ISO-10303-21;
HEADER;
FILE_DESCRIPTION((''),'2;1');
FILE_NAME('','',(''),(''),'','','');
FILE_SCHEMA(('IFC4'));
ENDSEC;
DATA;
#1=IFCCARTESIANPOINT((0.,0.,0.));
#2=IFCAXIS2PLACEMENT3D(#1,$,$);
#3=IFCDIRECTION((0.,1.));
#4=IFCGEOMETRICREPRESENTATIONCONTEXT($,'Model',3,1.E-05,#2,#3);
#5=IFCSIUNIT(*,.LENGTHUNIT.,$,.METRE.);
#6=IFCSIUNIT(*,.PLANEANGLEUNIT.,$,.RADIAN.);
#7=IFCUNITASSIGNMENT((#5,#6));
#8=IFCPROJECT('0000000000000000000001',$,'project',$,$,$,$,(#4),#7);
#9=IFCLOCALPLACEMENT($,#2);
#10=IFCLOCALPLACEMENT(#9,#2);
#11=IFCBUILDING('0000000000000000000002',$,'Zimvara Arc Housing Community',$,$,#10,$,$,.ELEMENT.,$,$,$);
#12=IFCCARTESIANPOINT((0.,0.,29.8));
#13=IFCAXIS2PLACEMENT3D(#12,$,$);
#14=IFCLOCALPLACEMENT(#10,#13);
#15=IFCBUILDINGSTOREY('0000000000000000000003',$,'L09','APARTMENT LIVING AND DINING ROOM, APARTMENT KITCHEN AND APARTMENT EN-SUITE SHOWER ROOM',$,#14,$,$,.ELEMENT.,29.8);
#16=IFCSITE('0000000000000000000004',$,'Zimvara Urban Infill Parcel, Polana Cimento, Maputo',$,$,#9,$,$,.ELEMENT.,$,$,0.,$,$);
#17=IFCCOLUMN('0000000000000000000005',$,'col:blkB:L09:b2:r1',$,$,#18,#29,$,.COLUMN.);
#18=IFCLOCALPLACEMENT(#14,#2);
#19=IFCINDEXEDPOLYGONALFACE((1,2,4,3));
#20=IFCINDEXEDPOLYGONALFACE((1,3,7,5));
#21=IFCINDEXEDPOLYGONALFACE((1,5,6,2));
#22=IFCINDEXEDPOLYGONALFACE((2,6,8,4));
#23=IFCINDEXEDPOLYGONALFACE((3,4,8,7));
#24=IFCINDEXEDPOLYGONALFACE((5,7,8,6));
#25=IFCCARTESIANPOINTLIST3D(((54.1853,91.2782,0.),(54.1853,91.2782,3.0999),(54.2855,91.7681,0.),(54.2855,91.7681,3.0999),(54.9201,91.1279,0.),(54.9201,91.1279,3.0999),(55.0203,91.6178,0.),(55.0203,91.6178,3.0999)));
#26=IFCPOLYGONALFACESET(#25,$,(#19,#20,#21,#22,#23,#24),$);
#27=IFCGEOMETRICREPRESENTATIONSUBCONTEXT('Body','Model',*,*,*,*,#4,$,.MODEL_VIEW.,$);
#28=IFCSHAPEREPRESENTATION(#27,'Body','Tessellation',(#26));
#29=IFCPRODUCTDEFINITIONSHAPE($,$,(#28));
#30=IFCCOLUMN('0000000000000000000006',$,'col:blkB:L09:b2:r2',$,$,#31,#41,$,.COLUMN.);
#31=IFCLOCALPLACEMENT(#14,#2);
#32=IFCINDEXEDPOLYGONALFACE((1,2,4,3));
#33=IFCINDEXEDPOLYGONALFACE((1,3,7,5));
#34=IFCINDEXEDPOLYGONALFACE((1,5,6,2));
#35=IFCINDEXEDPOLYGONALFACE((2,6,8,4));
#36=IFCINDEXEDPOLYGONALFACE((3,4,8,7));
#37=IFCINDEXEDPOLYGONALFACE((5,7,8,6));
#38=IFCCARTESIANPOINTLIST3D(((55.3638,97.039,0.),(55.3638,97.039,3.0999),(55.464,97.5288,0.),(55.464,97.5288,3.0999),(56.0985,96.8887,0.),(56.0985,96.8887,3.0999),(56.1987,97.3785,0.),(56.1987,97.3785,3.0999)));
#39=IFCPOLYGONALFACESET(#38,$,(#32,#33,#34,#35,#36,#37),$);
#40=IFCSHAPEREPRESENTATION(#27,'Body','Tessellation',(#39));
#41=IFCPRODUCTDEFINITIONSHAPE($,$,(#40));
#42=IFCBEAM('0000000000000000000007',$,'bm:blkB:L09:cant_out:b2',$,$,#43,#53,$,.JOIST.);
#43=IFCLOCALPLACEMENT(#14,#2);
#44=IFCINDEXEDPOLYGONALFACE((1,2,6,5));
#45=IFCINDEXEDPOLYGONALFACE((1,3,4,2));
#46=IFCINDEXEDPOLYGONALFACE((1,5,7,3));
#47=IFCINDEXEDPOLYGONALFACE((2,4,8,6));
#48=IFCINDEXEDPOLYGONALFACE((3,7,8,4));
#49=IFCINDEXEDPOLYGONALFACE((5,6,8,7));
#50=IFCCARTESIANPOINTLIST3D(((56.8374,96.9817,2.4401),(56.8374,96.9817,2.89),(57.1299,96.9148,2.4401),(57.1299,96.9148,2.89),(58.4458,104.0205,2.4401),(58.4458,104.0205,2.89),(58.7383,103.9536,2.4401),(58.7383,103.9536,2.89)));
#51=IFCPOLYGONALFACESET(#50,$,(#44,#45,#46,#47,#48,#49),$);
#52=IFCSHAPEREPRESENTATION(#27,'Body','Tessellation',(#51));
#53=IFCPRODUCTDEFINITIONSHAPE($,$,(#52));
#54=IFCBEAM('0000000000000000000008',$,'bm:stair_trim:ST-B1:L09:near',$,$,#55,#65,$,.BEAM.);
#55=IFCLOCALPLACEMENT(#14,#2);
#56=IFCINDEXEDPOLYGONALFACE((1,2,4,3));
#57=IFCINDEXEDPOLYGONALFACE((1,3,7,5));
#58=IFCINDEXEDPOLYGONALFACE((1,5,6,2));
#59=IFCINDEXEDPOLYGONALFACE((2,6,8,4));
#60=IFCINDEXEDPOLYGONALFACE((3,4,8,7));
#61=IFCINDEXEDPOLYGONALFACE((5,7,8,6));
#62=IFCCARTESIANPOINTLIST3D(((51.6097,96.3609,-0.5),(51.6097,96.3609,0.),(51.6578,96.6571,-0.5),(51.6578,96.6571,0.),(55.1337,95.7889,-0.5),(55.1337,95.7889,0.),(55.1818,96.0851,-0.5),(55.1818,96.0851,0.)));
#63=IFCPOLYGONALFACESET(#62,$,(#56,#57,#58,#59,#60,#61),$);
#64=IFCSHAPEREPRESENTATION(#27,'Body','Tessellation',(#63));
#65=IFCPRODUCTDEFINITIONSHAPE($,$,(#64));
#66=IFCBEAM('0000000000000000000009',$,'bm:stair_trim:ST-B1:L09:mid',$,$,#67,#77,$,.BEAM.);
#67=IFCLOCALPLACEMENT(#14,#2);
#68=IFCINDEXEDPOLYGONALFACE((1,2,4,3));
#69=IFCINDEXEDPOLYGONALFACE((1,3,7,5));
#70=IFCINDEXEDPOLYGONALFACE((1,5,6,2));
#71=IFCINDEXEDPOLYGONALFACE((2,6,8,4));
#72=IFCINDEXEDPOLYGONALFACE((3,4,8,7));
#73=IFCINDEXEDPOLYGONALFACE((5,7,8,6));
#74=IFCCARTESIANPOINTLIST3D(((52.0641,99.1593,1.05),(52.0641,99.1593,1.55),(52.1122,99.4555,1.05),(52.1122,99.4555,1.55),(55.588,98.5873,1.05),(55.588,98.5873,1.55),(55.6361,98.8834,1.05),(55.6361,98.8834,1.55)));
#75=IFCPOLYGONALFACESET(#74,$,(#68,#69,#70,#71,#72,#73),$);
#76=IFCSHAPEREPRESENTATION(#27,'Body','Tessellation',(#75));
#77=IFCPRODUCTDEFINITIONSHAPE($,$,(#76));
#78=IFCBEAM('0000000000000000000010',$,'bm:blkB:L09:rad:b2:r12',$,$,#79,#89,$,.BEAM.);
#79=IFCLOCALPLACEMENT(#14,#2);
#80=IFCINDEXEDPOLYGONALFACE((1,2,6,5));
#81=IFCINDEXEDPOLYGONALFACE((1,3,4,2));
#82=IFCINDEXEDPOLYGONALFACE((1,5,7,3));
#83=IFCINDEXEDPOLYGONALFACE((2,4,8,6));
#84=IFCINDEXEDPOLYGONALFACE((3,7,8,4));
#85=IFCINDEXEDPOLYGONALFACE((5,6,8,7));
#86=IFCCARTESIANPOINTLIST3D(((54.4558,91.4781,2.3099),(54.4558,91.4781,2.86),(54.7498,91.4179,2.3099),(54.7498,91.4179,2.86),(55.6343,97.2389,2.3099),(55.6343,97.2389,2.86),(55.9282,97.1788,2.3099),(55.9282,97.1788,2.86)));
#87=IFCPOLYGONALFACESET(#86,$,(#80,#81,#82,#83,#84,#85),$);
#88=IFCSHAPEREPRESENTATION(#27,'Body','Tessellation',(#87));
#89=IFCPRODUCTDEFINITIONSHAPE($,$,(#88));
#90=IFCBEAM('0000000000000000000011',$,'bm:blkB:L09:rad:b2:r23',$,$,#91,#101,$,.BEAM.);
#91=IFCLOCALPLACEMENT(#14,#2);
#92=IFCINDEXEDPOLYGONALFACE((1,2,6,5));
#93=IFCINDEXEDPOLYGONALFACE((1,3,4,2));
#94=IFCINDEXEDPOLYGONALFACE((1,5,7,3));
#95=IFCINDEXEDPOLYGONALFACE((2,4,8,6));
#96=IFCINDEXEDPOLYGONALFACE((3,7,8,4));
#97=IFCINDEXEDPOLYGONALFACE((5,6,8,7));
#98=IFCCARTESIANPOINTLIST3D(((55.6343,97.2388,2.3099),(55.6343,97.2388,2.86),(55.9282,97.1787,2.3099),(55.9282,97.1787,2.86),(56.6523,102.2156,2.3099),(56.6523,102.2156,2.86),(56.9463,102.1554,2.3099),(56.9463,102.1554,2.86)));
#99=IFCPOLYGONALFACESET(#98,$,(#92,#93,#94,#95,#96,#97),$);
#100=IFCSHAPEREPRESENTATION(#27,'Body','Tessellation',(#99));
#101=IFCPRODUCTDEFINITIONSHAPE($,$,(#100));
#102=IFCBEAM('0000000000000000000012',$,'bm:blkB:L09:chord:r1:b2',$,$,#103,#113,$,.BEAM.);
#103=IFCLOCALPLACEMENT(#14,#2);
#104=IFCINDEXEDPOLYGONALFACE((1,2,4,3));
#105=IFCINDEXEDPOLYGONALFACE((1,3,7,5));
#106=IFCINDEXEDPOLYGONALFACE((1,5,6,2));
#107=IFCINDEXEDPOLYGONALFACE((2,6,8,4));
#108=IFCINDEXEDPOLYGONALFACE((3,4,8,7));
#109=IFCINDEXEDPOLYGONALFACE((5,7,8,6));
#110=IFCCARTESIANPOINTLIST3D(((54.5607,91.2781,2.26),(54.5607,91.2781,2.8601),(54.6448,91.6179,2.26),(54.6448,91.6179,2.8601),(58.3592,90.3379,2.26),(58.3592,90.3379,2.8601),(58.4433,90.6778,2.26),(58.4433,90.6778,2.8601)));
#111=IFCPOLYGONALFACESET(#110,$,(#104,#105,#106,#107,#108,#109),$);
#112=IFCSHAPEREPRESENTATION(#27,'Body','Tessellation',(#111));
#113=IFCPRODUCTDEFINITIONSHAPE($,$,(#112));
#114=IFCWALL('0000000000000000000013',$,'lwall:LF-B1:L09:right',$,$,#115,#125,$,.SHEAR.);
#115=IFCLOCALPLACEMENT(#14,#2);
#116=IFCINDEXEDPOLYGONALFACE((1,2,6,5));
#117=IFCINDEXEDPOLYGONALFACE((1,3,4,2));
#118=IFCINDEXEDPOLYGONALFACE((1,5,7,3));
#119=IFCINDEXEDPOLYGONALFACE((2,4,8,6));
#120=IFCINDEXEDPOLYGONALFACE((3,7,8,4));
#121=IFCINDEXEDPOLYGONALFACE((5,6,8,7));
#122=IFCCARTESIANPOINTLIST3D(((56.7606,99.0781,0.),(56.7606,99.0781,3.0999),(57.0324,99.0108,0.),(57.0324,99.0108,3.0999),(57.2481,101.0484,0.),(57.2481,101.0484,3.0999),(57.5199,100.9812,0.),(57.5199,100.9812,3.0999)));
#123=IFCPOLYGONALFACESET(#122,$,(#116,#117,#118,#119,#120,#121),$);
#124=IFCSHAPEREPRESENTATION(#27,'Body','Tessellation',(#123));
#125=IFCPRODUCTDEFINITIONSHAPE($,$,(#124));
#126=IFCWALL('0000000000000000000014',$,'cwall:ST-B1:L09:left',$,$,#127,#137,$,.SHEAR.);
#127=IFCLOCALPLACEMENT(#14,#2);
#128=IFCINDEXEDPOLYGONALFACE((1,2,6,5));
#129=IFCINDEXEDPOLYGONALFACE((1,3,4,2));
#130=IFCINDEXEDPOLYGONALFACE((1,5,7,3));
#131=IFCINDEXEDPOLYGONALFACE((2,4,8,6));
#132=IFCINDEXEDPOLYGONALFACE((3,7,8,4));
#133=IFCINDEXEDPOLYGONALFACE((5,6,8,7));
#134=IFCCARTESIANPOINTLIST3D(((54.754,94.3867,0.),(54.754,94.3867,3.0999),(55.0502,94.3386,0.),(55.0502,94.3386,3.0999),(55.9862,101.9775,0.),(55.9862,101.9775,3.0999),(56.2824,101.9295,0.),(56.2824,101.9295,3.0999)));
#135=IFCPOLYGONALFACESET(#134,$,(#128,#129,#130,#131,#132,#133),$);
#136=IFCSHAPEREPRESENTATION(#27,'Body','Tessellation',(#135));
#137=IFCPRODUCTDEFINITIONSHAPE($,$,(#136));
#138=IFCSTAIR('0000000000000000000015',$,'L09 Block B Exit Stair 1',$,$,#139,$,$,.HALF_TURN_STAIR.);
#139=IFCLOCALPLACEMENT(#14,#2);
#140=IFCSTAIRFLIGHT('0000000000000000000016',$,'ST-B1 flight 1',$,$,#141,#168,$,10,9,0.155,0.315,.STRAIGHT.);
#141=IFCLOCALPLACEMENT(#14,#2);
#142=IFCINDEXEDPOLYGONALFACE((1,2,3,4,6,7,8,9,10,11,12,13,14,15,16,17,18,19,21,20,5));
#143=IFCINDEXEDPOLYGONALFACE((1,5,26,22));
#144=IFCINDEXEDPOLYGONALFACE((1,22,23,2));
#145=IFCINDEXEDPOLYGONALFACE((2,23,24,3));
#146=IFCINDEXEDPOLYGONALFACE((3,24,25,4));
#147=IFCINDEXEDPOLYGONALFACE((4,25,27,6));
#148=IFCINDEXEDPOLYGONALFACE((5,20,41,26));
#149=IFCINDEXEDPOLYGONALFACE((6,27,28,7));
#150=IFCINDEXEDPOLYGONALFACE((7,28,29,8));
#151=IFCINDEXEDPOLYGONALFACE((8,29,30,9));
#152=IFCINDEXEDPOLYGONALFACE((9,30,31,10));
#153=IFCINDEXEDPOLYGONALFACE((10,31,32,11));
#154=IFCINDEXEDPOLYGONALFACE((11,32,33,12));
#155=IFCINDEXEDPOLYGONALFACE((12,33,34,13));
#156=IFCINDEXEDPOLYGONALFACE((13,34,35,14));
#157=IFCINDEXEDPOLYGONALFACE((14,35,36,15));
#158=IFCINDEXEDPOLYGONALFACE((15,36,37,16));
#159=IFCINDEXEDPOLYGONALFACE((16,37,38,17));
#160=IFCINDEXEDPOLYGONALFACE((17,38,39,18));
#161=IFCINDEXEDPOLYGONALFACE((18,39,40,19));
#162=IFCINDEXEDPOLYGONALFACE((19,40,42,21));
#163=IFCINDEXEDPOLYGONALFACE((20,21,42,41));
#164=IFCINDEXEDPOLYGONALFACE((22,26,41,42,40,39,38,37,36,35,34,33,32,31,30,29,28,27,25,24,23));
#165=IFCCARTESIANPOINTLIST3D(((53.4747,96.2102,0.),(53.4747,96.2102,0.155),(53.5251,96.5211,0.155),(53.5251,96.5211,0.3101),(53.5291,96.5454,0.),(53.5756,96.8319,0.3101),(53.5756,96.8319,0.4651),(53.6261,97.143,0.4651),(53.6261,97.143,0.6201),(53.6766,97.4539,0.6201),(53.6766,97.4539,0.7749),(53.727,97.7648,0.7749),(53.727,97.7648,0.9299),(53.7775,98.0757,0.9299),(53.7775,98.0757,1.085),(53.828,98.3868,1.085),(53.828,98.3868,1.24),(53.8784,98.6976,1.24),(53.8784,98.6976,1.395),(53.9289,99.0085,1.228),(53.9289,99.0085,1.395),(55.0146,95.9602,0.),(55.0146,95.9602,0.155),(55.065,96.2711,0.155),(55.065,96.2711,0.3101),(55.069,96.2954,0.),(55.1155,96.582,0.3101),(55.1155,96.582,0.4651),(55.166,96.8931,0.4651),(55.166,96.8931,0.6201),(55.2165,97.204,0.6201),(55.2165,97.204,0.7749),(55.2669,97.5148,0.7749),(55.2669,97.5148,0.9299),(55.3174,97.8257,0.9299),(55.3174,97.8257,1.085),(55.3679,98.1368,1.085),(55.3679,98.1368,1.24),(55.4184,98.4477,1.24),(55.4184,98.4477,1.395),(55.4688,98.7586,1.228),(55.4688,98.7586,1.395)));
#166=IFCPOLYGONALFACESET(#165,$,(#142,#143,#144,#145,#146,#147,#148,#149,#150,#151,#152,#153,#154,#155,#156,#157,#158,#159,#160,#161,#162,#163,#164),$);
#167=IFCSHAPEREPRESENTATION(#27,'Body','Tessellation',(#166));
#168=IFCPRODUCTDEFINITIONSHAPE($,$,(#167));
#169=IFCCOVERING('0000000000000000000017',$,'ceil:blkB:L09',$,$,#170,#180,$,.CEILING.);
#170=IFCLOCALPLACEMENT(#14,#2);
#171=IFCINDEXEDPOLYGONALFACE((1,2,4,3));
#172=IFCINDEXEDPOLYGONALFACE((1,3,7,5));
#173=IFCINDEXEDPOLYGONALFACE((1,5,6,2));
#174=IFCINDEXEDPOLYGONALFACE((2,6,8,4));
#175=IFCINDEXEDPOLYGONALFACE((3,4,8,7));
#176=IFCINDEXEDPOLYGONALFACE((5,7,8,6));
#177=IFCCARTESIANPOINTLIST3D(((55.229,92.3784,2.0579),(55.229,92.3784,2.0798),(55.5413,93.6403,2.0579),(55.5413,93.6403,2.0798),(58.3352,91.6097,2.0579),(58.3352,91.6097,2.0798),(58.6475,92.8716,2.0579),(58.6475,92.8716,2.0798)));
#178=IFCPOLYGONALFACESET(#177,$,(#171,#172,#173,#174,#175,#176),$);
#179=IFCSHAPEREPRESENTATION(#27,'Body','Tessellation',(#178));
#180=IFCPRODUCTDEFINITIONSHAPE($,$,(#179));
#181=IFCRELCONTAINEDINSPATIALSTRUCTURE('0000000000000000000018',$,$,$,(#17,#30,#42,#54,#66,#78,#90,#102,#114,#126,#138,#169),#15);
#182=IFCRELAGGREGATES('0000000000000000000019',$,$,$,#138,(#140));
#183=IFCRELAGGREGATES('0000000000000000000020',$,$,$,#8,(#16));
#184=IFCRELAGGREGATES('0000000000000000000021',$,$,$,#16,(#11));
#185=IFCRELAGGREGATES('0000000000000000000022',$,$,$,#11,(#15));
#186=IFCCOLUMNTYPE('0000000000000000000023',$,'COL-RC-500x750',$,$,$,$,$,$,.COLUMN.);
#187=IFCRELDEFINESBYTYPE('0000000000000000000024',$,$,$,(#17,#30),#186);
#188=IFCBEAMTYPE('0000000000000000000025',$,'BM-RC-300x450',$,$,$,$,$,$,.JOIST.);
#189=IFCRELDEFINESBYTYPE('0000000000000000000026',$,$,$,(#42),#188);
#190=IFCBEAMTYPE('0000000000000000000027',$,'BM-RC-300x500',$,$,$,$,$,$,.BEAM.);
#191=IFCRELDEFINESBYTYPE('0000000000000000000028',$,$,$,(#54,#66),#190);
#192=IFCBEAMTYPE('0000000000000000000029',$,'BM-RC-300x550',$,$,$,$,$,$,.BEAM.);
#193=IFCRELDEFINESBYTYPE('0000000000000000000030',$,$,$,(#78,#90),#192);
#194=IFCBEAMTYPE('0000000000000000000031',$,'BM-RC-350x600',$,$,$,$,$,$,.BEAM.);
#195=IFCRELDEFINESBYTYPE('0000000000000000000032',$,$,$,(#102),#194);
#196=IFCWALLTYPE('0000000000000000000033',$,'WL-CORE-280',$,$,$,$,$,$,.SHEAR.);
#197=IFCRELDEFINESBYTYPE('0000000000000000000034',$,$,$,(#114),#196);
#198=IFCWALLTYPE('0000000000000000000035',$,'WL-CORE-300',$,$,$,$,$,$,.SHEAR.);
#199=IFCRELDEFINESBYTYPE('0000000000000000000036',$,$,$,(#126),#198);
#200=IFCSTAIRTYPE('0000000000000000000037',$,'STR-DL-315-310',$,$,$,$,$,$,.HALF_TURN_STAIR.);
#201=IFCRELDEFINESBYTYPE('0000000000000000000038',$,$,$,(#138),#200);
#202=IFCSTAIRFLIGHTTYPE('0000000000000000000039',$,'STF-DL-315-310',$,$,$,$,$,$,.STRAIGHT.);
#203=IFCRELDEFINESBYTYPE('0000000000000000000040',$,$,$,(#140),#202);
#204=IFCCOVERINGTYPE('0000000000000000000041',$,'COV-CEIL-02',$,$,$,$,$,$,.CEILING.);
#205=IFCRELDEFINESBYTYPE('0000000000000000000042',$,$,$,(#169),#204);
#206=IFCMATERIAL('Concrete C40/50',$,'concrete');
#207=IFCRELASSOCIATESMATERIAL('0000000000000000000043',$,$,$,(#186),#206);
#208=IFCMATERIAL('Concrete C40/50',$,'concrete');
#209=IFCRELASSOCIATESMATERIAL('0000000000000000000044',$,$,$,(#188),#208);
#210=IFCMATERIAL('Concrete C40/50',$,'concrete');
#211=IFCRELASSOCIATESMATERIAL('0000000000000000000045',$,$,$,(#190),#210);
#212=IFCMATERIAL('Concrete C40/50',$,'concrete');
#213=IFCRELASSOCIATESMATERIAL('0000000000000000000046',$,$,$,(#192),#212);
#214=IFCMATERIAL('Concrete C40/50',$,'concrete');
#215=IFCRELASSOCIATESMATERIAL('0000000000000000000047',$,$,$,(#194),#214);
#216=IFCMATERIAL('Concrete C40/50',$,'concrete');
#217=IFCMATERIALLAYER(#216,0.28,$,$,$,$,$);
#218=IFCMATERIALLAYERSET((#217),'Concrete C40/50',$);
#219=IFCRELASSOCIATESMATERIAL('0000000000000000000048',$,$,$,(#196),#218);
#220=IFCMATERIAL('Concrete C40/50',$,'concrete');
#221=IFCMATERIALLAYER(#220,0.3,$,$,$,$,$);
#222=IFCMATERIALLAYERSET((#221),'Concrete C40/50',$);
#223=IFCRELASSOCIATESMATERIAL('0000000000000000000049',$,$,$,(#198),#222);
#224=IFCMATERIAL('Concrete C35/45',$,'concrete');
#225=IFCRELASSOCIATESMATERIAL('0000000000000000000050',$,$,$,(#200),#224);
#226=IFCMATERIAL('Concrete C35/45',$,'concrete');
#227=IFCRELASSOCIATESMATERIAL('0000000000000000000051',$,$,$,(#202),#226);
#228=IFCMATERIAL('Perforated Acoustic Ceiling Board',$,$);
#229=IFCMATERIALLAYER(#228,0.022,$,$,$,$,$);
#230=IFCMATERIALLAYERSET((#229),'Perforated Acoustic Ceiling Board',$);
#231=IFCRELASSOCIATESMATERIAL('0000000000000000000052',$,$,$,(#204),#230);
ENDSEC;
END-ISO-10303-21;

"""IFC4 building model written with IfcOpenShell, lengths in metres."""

from ifc_helpers import new_model, si_unit, direction, frame, frame_2d, origin, origin_2d, place, context, subcontext, project, spatial, polyline, rectangle, outline, extrude, material, layer, layer_set, material_profile, profile_set, type_object, element, aggregate, save


model = new_model("IFC4")

# Units and contexts
model_context = context("Model", 3, precision=1e-05, world=origin(), true_north=direction((0.0, 1.0)))
body_context = subcontext(model_context, "Body", "Model", "MODEL_VIEW")
ifc_project = project(units=[si_unit("LENGTHUNIT", "METRE"), si_unit("PLANEANGLEUNIT", "RADIAN")], contexts=[model_context])

# Site, building, storey
site_placement = place(None, origin())
site = spatial("IfcSite", under=ifc_project, at=site_placement, Name="Zimvara Urban Infill Parcel, Polana Cimento, Maputo", CompositionType="ELEMENT", RefElevation=0.0)
building_placement = place(site_placement, origin())
building = spatial("IfcBuilding", under=site, at=building_placement, Name="Zimvara Arc Housing Community", CompositionType="ELEMENT")
storey_placement = place(building_placement, frame((0.0, 0.0, 29.8)))
storey = spatial("IfcBuildingStorey", under=building, at=storey_placement, Name="L09", Description="APARTMENT LIVING AND DINING ROOM, APARTMENT KITCHEN AND APARTMENT EN-SUITE SHOWER ROOM", CompositionType="ELEMENT", Elevation=29.8)

# Columns
ifc_material_1 = material(Name="Concrete C40/50", Category="concrete")
ifc_material_profile_1 = material_profile(ifc_material_1, rectangle(XDim=0.5, YDim=0.75, at=origin_2d()), Name="RC 500x750")
ifc_profile_set_1 = profile_set([ifc_material_profile_1], Name="Concrete C40/50")
column_type = type_object("IfcColumnType", Name="COL-RC-500x750", PredefinedType="COLUMN", material=ifc_profile_set_1)
for number, where, z_axis, x_axis, name in (
    (1, (54.6028, 91.448, 0.0), (0.0, 0.0, 1.0), (0.200394, 0.979715, 0.0), "col:blkB:L09:b2:r1"),
    (2, (55.7812, 97.2087, 0.0), (0.0, 0.0, 1.0), (0.200394, 0.979715, 0.0), "col:blkB:L09:b2:r2"),
):
    element("IfcColumn", number, at=place(storey_placement, frame(where, z_axis=z_axis, x_axis=x_axis)), inside=storey, type_object=column_type, Name=name, PredefinedType="COLUMN", context=body_context, shape_type="SweptSolid", body=[
        extrude(rectangle(XDim=0.5, YDim=0.75, at=origin_2d()), origin(), (0.0, 0.0, 1.0), 3.0999),
    ])

# Beams
ifc_material_2 = material(Name="Concrete C40/50", Category="concrete")
ifc_material_profile_2 = material_profile(ifc_material_2, rectangle(XDim=0.3, YDim=0.45, at=origin_2d()), Name="RC 300x450")
ifc_profile_set_2 = profile_set([ifc_material_profile_2], Name="Concrete C40/50")
beam_type_1 = type_object("IfcBeamType", Name="BM-RC-300x450", PredefinedType="JOIST", material=ifc_profile_set_2)
beam_1_placement = place(storey_placement, frame((56.9836, 96.9482, 2.665), z_axis=(0.222762, 0.974873, 0.0), x_axis=(-0.974873, 0.222762, 0.0)))
element("IfcBeam", 3, at=beam_1_placement, inside=storey, type_object=beam_type_1, Name="bm:blkB:L09:cant_out:b2", PredefinedType="JOIST", context=body_context, shape_type="SweptSolid", body=[
    extrude(rectangle(XDim=0.3, YDim=0.45, at=origin_2d()), origin(), (0.0, 0.0, 1.0), 7.2202),
])
ifc_material_3 = material(Name="Concrete C40/50", Category="concrete")
ifc_material_profile_3 = material_profile(ifc_material_3, rectangle(XDim=0.3, YDim=0.5, at=origin_2d()), Name="RC 300x500")
ifc_profile_set_3 = profile_set([ifc_material_profile_3], Name="Concrete C40/50")
beam_type_2 = type_object("IfcBeamType", Name="BM-RC-300x500", PredefinedType="BEAM", material=ifc_profile_set_3)
for number, where, z_axis, x_axis, name in (
    (4, (55.1577, 95.937, -0.25), (-0.98708, 0.160228, 0.0), (-0.160228, -0.98708, 0.0), "bm:stair_trim:ST-B1:L09:near"),
    (5, (55.6121, 98.7354, 1.3), (-0.98708, 0.160228, 0.0), (-0.160228, -0.98708, 0.0), "bm:stair_trim:ST-B1:L09:mid"),
):
    element("IfcBeam", number, at=place(storey_placement, frame(where, z_axis=z_axis, x_axis=x_axis)), inside=storey, type_object=beam_type_2, Name=name, PredefinedType="BEAM", context=body_context, shape_type="SweptSolid", body=[
        extrude(rectangle(XDim=0.3, YDim=0.5, at=origin_2d()), origin(), (0.0, 0.0, 1.0), 3.5701),
    ])
ifc_material_4 = material(Name="Concrete C40/50", Category="concrete")
ifc_material_profile_4 = material_profile(ifc_material_4, rectangle(XDim=0.3, YDim=0.55, at=origin_2d()), Name="RC 300x550")
ifc_profile_set_4 = profile_set([ifc_material_profile_4], Name="Concrete C40/50")
beam_type_3 = type_object("IfcBeamType", Name="BM-RC-300x550", PredefinedType="BEAM", material=ifc_profile_set_4)
beam_2_placement = place(storey_placement, frame((54.6028, 91.448, 2.585), z_axis=(0.200418, 0.97971, 0.0), x_axis=(-0.97971, 0.200418, 0.0)))
element("IfcBeam", 6, at=beam_2_placement, inside=storey, type_object=beam_type_3, Name="bm:blkB:L09:rad:b2:r12", PredefinedType="BEAM", context=body_context, shape_type="SweptSolid", body=[
    extrude(rectangle(XDim=0.3, YDim=0.55, at=origin_2d()), origin(), (0.0, 0.0, 1.0), 5.8801),
])
beam_3_placement = place(storey_placement, frame((55.7812, 97.2087, 2.585), z_axis=(0.200412, 0.979712, 0.0), x_axis=(-0.979712, 0.200412, 0.0)))
element("IfcBeam", 7, at=beam_3_placement, inside=storey, type_object=beam_type_3, Name="bm:blkB:L09:rad:b2:r23", PredefinedType="BEAM", context=body_context, shape_type="SweptSolid", body=[
    extrude(rectangle(XDim=0.3, YDim=0.55, at=origin_2d()), origin(), (0.0, 0.0, 1.0), 5.0798),
])
ifc_material_5 = material(Name="Concrete C40/50", Category="concrete")
ifc_material_profile_5 = material_profile(ifc_material_5, rectangle(XDim=0.3501, YDim=0.6001, at=origin_2d()), Name="RC 350x600")
ifc_profile_set_5 = profile_set([ifc_material_profile_5], Name="Concrete C40/50")
beam_type_4 = type_object("IfcBeamType", Name="BM-RC-350x600", PredefinedType="BEAM", material=ifc_profile_set_5)
beam_4_placement = place(storey_placement, frame((54.6028, 91.448, 2.5601), z_axis=(0.970709, -0.24026, 0.0), x_axis=(0.24026, 0.970709, 0.0)))
element("IfcBeam", 8, at=beam_4_placement, inside=storey, type_object=beam_type_4, Name="bm:blkB:L09:chord:r1:b2", PredefinedType="BEAM", context=body_context, shape_type="SweptSolid", body=[
    extrude(rectangle(XDim=0.3501, YDim=0.6001, at=origin_2d()), origin(), (0.0, 0.0, 1.0), 3.9131),
])

# Wall
ifc_material_6 = material(Name="Concrete C40/50", Category="concrete")
ifc_layer_1 = layer(ifc_material_6, 0.28)
ifc_layer_set_1 = layer_set([ifc_layer_1], Name="Concrete C40/50")
wall_type_1 = type_object("IfcWallType", Name="WL-CORE-280", PredefinedType="SHEAR", material=ifc_layer_set_1)
wall_1_placement = place(storey_placement, frame((56.8965, 99.0444, 0.0), z_axis=(0.0, 0.0, 1.0), x_axis=(0.240186, 0.970727, 0.0)))
element("IfcWall", 9, at=wall_1_placement, inside=storey, type_object=wall_type_1, Name="lwall:LF-B1:L09:right", PredefinedType="SHEAR", context=body_context, shape_type="SweptSolid", body=[
    extrude(rectangle(XDim=2.0298, YDim=0.28, at=frame_2d((1.0149, 0.0))), origin(), (0.0, 0.0, 1.0), 3.0999),
])

# Shared definitions
ifc_material_7 = material(Name="Concrete C40/50", Category="concrete")
ifc_layer_2 = layer(ifc_material_7, 0.3)
ifc_layer_set_2 = layer_set([ifc_layer_2], Name="Concrete C40/50")
wall_type_2 = type_object("IfcWallType", Name="WL-CORE-300", PredefinedType="SHEAR", material=ifc_layer_set_2)

# Wall
wall_2_placement = place(storey_placement, frame((54.9021, 94.3625, 0.0), z_axis=(0.0, 0.0, 1.0), x_axis=(0.160227, 0.98708, 0.0)))
element("IfcWall", 10, at=wall_2_placement, inside=storey, type_object=wall_type_2, Name="cwall:ST-B1:L09:left", PredefinedType="SHEAR", context=body_context, shape_type="SweptSolid", body=[
    extrude(rectangle(XDim=7.6902, YDim=0.3, at=frame_2d((3.8452, 0.0))), origin(), (0.0, 0.0, 1.0), 3.0999),
])

# Stair, stair flight
ifc_material_8 = material(Name="Concrete C35/45", Category="concrete")
stair_type = type_object("IfcStairType", Name="STR-DL-315-310", PredefinedType="HALF_TURN_STAIR", material=ifc_material_8)
stair_placement = place(storey_placement, origin())
stair = element("IfcStair", 11, at=stair_placement, inside=storey, type_object=stair_type, Name="L09 Block B Exit Stair 1", PredefinedType="HALF_TURN_STAIR")
ifc_material_9 = material(Name="Concrete C35/45", Category="concrete")
stair_flight_type = type_object("IfcStairFlightType", Name="STF-DL-315-310", PredefinedType="STRAIGHT", material=ifc_material_9)
stair_flight_placement = place(storey_placement, frame((54.2446, 96.0852, 0.0), z_axis=(0.0, 0.0, 1.0), x_axis=(0.160226, 0.98708, 0.0)))
stair_flight = element("IfcStairFlight", 12, at=stair_flight_placement, type_object=stair_flight_type, Name="ST-B1 flight 1", NumberOfRisers=10, NumberOfTreads=9, PredefinedType="STRAIGHT", RiserHeight=0.155, TreadLength=0.315, context=body_context, shape_type="SweptSolid", body=[
    extrude(outline(polyline([(0.0, 0.0), (0.0, 0.155), (0.3149, 0.155), (0.3149, 0.3101), (0.6299, 0.3101), (0.6299, 0.4651), (0.9451, 0.4651), (0.9451, 0.6201), (1.26, 0.6201), (1.26, 0.7749), (1.575, 0.7749), (1.575, 0.9299), (1.8899, 0.9299), (1.8899, 1.085), (2.2051, 1.085), (2.2051, 1.24), (2.52, 1.24), (2.52, 1.395), (2.835, 1.395), (2.835, 1.55), (2.835, 1.228), (0.3396, 0.0), (0.0, 0.0)])), frame((0.0, 0.78, 0.0), z_axis=(0.0, -1.0, 0.0), x_axis=(1.0, 0.0, 0.0)), (0.0, 0.0, 1.0), 1.5601),
])
aggregate(stair, [stair_flight])

# Covering
ifc_material_10 = material(Name="Perforated Acoustic Ceiling Board")
ifc_layer_3 = layer(ifc_material_10, 0.022)
ifc_layer_set_3 = layer_set([ifc_layer_3], Name="Perforated Acoustic Ceiling Board")
covering_type_1 = type_object("IfcCoveringType", Name="COV-CEIL-02", PredefinedType="CEILING", material=ifc_layer_set_3)
covering_1_placement = place(storey_placement, frame((56.9382, 92.625, 2.0579), z_axis=(0.0, 0.0, 1.0), x_axis=(0.240228, 0.970716, 0.0)))
element("IfcCovering", 13, at=covering_1_placement, inside=storey, type_object=covering_type_1, Name="ceil:blkB:L09", PredefinedType="CEILING", context=body_context, shape_type="SweptSolid", body=[
    extrude(rectangle(XDim=1.3, YDim=3.2, at=origin_2d()), origin(), (0.0, 0.0, 1.0), 0.022),
])

save(model, "model.ifc")
